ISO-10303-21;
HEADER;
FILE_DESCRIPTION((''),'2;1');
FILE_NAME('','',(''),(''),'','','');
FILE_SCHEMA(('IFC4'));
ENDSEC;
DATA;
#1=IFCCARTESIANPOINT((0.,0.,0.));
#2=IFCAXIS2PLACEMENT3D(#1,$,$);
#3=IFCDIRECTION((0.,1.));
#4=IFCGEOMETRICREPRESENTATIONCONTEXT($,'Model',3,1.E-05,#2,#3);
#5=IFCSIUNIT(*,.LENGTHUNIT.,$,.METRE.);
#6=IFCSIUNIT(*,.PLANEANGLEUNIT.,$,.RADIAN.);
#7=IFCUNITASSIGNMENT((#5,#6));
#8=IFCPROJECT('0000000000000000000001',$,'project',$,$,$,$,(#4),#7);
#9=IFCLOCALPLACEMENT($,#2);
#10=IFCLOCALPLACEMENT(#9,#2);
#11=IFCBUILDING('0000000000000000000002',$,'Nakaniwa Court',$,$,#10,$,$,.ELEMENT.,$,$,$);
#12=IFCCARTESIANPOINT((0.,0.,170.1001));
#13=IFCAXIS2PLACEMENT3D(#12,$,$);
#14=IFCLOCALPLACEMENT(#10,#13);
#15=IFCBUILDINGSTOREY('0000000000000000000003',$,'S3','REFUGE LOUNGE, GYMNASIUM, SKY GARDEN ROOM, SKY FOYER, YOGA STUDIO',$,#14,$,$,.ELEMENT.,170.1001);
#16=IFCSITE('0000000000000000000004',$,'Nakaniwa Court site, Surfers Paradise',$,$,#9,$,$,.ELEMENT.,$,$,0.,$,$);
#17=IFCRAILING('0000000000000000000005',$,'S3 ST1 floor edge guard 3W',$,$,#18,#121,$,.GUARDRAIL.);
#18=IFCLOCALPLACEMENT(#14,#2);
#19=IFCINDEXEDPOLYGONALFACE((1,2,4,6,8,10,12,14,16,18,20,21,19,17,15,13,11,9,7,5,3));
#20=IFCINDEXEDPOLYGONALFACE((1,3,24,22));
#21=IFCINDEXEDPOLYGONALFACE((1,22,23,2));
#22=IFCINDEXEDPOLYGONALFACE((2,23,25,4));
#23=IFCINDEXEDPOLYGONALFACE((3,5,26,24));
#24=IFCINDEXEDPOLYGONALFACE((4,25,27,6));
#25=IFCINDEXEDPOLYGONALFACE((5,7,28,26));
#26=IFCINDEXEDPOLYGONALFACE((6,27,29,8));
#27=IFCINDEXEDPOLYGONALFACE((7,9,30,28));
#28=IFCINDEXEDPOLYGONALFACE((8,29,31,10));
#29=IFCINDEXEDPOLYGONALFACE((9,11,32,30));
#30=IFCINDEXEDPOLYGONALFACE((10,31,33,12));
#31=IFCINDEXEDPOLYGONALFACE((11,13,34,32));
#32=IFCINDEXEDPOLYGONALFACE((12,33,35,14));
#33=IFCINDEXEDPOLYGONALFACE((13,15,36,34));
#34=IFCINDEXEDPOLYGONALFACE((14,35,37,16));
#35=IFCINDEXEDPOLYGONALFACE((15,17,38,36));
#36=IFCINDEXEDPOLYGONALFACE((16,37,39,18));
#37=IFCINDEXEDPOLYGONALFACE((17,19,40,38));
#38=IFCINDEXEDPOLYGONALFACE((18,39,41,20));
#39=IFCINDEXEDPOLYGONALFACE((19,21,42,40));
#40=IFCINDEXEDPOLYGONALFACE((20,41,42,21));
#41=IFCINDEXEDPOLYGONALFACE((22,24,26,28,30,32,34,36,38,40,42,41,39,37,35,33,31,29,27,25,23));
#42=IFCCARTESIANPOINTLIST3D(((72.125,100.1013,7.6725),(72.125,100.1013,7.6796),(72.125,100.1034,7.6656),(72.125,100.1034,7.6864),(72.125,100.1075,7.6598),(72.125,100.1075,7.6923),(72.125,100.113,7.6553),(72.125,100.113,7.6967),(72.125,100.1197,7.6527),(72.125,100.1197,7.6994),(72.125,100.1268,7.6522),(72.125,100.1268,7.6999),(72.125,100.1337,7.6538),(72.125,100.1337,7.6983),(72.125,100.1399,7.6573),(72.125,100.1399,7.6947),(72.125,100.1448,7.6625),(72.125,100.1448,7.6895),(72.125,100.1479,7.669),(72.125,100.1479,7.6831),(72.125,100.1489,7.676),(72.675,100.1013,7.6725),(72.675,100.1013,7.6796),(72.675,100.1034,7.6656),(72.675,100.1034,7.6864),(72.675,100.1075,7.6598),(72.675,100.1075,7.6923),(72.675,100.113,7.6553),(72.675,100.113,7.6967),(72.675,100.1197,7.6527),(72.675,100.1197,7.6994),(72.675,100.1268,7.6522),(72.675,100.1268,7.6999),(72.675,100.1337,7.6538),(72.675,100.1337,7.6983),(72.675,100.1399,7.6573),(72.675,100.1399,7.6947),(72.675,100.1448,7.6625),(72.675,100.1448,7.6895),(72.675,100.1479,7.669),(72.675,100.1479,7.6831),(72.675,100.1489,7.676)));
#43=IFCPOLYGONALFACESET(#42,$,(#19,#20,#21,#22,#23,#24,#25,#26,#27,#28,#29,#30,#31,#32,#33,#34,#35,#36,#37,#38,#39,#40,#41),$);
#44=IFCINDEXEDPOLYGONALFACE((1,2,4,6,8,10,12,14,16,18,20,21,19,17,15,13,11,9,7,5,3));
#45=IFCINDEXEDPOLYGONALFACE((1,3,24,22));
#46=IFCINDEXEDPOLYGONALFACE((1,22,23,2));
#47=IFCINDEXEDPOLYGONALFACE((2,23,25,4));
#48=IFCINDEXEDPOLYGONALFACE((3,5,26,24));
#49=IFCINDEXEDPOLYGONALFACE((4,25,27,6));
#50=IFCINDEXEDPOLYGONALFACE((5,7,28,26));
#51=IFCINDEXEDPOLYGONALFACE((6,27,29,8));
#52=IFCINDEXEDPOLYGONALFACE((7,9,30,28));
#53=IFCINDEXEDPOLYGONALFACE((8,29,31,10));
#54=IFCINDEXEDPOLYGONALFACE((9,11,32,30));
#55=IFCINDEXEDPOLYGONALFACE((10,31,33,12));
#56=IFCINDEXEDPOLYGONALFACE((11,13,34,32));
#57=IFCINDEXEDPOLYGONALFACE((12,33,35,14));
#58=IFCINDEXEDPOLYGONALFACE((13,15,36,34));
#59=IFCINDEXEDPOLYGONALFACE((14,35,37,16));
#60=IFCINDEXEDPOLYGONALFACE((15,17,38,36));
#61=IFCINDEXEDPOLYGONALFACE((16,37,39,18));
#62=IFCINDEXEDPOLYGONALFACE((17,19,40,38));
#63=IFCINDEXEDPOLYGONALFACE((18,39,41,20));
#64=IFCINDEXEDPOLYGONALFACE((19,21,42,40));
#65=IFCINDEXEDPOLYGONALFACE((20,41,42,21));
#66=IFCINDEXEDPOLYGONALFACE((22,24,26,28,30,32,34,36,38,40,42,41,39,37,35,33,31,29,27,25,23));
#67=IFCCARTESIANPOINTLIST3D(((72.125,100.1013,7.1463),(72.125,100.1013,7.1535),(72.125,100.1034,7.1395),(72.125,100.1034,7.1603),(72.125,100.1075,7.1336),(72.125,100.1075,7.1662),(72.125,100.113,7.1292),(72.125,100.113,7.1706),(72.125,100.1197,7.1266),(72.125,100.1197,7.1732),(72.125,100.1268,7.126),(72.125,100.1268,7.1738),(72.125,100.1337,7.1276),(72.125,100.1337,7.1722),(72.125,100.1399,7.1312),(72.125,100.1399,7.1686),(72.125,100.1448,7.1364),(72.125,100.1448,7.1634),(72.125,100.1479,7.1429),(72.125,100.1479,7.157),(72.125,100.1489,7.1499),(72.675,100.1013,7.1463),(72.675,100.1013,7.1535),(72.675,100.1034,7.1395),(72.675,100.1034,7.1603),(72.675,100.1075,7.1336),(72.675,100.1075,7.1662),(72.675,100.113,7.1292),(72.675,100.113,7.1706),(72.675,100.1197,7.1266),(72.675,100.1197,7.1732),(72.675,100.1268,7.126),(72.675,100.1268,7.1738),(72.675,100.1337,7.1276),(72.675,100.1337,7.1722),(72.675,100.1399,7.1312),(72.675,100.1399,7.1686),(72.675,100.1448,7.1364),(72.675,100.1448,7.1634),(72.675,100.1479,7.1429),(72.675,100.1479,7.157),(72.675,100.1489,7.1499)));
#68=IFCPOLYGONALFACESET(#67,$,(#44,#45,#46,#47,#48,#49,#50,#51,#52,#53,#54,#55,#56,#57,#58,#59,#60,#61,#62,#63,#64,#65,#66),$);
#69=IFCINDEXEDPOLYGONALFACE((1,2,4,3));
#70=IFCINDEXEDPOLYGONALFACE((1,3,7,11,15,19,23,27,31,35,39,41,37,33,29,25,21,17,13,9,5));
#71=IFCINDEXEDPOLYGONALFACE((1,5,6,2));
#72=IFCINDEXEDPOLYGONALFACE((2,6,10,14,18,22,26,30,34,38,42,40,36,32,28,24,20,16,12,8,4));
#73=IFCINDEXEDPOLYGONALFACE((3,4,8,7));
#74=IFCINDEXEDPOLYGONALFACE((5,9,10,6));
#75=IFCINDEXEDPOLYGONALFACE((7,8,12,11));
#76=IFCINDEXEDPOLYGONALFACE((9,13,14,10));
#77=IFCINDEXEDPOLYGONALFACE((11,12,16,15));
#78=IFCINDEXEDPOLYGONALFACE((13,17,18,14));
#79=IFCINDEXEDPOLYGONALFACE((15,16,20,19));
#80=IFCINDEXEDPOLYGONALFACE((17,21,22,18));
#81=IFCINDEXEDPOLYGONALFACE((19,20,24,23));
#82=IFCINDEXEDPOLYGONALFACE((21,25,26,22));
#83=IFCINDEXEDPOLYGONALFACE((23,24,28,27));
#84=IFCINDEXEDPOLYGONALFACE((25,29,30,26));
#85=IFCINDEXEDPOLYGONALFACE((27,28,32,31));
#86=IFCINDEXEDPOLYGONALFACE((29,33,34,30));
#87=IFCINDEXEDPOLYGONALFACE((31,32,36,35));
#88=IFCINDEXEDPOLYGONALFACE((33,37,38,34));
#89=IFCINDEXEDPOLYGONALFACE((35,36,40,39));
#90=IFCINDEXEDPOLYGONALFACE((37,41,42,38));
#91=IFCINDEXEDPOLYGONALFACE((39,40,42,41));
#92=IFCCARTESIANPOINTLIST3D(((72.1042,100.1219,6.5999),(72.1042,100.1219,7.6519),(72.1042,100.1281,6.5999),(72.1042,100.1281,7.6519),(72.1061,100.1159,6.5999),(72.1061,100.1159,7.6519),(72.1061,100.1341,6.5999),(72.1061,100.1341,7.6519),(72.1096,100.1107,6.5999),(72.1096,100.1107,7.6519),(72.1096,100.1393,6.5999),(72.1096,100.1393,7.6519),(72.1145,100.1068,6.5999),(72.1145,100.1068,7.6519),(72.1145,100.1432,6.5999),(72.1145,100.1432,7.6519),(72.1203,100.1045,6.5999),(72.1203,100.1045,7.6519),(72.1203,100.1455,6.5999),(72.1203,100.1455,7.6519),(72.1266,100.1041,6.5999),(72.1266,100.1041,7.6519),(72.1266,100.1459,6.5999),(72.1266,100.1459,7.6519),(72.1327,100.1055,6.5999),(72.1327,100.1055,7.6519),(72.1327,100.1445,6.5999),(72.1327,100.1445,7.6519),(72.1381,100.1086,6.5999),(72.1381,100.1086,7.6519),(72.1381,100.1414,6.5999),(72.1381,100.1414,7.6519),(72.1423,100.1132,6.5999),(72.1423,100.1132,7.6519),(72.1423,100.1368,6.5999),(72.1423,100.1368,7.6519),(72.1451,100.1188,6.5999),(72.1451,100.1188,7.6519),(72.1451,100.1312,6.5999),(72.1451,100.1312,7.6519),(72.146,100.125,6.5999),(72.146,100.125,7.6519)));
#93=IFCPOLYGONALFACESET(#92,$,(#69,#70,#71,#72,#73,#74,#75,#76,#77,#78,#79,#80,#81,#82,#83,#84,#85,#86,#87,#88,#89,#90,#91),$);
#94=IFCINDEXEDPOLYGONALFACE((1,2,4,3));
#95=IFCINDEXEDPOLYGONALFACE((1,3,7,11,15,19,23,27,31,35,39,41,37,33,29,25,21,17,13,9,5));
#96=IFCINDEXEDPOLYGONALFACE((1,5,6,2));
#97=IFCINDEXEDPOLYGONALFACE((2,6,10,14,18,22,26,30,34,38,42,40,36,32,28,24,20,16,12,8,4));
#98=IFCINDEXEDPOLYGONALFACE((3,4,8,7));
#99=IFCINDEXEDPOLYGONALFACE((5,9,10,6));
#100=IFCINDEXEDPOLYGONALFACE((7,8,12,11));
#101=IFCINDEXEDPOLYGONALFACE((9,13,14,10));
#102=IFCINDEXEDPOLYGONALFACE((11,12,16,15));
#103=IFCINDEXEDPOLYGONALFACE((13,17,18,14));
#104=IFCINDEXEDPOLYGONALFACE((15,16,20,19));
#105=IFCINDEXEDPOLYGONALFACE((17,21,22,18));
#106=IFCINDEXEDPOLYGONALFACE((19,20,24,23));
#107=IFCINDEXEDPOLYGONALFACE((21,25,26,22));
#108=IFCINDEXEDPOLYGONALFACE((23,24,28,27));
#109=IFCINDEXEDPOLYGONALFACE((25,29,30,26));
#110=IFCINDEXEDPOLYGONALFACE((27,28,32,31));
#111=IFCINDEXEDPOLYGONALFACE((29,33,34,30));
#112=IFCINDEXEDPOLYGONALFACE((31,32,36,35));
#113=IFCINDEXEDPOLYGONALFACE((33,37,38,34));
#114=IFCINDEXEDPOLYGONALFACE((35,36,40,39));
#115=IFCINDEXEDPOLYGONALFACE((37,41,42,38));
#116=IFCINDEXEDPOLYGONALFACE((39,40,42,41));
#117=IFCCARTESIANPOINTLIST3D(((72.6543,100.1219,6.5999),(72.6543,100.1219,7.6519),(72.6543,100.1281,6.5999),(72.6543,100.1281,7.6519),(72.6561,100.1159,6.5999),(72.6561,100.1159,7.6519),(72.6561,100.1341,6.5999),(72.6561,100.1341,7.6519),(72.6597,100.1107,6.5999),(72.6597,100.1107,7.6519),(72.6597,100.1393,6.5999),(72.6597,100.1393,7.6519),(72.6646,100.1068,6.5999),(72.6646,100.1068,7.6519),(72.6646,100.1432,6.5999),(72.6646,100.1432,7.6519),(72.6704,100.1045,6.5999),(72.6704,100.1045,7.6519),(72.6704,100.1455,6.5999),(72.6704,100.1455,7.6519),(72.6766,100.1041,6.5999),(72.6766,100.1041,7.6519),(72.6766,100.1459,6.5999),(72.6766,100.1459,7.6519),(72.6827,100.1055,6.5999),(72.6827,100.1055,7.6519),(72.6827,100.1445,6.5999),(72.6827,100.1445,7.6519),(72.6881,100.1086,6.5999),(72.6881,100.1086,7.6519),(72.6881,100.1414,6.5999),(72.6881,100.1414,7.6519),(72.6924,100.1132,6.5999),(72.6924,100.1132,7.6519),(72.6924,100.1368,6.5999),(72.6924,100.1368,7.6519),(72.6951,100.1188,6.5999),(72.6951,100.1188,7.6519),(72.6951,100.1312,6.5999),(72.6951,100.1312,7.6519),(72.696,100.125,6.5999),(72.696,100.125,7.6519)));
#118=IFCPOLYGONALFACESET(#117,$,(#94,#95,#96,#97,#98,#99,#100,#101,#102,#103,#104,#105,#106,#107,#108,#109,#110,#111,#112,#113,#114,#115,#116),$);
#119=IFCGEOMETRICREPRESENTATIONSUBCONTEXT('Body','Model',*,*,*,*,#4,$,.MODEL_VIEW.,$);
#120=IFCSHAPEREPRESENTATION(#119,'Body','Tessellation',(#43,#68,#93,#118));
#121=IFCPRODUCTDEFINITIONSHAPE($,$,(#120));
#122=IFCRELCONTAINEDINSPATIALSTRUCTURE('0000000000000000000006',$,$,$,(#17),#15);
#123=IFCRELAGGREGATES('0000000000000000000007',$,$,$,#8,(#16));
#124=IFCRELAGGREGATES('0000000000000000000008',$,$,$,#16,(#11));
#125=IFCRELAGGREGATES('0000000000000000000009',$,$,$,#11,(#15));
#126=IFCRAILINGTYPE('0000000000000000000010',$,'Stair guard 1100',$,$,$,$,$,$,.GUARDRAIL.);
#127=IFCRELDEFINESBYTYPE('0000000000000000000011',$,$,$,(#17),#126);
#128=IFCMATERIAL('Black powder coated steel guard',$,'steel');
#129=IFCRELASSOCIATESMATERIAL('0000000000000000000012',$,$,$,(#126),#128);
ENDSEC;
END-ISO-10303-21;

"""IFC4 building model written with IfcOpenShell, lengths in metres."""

from ifc_helpers import new_model, si_unit, direction, frame, origin, origin_2d, place, context, subcontext, project, spatial, circle, extrude, material, type_object, element, save


model = new_model("IFC4")

# Units and contexts
model_context = context("Model", 3, precision=1e-05, world=origin(), true_north=direction((0.0, 1.0)))
body_context = subcontext(model_context, "Body", "Model", "MODEL_VIEW")
ifc_project = project(units=[si_unit("LENGTHUNIT", "METRE"), si_unit("PLANEANGLEUNIT", "RADIAN")], contexts=[model_context])

# Site, building, storey
site_placement = place(None, origin())
site = spatial("IfcSite", under=ifc_project, at=site_placement, Name="Nakaniwa Court site, Surfers Paradise", CompositionType="ELEMENT", RefElevation=0.0)
building_placement = place(site_placement, origin())
building = spatial("IfcBuilding", under=site, at=building_placement, Name="Nakaniwa Court", CompositionType="ELEMENT")
storey_placement = place(building_placement, frame((0.0, 0.0, 170.1001)))
storey = spatial("IfcBuildingStorey", under=building, at=storey_placement, Name="S3", Description="REFUGE LOUNGE, GYMNASIUM, SKY GARDEN ROOM, SKY FOYER, YOGA STUDIO", CompositionType="ELEMENT", Elevation=170.1001)

# Railing
ifc_material_1 = material(Name="Black powder coated steel guard", Category="steel")
railing_type_1 = type_object("IfcRailingType", Name="Stair guard 1100", PredefinedType="GUARDRAIL", material=ifc_material_1)
for number, where, name in (
    (1, (72.125, 100.125, 6.5999), "S3 ST1 floor edge guard 3W"),
):
    element("IfcRailing", number, at=place(storey_placement, frame(where)), inside=storey, type_object=railing_type_1, Name=name, PredefinedType="GUARDRAIL", context=body_context, shape_type="SweptSolid", body=[
        extrude(circle(Radius=0.0239, at=origin_2d()), frame((0.0, 0.0, 1.0762), z_axis=(1.0, 0.0, 0.0), x_axis=(0.0, 1.0, 0.0)), (0.0, 0.0, 1.0), 0.55),
        extrude(circle(Radius=0.0239, at=origin_2d()), frame((0.0, 0.0, 0.55), z_axis=(1.0, 0.0, 0.0), x_axis=(0.0, 1.0, 0.0)), (0.0, 0.0, 1.0), 0.55),
        extrude(circle(Radius=0.021, at=origin_2d()), origin(), (0.0, 0.0, 1.0), 1.052),
        extrude(circle(Radius=0.021, at=origin_2d()), frame((0.55, 0.0, 0.0)), (0.0, 0.0, 1.0), 1.052),
    ])

save(model, "model.ifc")
